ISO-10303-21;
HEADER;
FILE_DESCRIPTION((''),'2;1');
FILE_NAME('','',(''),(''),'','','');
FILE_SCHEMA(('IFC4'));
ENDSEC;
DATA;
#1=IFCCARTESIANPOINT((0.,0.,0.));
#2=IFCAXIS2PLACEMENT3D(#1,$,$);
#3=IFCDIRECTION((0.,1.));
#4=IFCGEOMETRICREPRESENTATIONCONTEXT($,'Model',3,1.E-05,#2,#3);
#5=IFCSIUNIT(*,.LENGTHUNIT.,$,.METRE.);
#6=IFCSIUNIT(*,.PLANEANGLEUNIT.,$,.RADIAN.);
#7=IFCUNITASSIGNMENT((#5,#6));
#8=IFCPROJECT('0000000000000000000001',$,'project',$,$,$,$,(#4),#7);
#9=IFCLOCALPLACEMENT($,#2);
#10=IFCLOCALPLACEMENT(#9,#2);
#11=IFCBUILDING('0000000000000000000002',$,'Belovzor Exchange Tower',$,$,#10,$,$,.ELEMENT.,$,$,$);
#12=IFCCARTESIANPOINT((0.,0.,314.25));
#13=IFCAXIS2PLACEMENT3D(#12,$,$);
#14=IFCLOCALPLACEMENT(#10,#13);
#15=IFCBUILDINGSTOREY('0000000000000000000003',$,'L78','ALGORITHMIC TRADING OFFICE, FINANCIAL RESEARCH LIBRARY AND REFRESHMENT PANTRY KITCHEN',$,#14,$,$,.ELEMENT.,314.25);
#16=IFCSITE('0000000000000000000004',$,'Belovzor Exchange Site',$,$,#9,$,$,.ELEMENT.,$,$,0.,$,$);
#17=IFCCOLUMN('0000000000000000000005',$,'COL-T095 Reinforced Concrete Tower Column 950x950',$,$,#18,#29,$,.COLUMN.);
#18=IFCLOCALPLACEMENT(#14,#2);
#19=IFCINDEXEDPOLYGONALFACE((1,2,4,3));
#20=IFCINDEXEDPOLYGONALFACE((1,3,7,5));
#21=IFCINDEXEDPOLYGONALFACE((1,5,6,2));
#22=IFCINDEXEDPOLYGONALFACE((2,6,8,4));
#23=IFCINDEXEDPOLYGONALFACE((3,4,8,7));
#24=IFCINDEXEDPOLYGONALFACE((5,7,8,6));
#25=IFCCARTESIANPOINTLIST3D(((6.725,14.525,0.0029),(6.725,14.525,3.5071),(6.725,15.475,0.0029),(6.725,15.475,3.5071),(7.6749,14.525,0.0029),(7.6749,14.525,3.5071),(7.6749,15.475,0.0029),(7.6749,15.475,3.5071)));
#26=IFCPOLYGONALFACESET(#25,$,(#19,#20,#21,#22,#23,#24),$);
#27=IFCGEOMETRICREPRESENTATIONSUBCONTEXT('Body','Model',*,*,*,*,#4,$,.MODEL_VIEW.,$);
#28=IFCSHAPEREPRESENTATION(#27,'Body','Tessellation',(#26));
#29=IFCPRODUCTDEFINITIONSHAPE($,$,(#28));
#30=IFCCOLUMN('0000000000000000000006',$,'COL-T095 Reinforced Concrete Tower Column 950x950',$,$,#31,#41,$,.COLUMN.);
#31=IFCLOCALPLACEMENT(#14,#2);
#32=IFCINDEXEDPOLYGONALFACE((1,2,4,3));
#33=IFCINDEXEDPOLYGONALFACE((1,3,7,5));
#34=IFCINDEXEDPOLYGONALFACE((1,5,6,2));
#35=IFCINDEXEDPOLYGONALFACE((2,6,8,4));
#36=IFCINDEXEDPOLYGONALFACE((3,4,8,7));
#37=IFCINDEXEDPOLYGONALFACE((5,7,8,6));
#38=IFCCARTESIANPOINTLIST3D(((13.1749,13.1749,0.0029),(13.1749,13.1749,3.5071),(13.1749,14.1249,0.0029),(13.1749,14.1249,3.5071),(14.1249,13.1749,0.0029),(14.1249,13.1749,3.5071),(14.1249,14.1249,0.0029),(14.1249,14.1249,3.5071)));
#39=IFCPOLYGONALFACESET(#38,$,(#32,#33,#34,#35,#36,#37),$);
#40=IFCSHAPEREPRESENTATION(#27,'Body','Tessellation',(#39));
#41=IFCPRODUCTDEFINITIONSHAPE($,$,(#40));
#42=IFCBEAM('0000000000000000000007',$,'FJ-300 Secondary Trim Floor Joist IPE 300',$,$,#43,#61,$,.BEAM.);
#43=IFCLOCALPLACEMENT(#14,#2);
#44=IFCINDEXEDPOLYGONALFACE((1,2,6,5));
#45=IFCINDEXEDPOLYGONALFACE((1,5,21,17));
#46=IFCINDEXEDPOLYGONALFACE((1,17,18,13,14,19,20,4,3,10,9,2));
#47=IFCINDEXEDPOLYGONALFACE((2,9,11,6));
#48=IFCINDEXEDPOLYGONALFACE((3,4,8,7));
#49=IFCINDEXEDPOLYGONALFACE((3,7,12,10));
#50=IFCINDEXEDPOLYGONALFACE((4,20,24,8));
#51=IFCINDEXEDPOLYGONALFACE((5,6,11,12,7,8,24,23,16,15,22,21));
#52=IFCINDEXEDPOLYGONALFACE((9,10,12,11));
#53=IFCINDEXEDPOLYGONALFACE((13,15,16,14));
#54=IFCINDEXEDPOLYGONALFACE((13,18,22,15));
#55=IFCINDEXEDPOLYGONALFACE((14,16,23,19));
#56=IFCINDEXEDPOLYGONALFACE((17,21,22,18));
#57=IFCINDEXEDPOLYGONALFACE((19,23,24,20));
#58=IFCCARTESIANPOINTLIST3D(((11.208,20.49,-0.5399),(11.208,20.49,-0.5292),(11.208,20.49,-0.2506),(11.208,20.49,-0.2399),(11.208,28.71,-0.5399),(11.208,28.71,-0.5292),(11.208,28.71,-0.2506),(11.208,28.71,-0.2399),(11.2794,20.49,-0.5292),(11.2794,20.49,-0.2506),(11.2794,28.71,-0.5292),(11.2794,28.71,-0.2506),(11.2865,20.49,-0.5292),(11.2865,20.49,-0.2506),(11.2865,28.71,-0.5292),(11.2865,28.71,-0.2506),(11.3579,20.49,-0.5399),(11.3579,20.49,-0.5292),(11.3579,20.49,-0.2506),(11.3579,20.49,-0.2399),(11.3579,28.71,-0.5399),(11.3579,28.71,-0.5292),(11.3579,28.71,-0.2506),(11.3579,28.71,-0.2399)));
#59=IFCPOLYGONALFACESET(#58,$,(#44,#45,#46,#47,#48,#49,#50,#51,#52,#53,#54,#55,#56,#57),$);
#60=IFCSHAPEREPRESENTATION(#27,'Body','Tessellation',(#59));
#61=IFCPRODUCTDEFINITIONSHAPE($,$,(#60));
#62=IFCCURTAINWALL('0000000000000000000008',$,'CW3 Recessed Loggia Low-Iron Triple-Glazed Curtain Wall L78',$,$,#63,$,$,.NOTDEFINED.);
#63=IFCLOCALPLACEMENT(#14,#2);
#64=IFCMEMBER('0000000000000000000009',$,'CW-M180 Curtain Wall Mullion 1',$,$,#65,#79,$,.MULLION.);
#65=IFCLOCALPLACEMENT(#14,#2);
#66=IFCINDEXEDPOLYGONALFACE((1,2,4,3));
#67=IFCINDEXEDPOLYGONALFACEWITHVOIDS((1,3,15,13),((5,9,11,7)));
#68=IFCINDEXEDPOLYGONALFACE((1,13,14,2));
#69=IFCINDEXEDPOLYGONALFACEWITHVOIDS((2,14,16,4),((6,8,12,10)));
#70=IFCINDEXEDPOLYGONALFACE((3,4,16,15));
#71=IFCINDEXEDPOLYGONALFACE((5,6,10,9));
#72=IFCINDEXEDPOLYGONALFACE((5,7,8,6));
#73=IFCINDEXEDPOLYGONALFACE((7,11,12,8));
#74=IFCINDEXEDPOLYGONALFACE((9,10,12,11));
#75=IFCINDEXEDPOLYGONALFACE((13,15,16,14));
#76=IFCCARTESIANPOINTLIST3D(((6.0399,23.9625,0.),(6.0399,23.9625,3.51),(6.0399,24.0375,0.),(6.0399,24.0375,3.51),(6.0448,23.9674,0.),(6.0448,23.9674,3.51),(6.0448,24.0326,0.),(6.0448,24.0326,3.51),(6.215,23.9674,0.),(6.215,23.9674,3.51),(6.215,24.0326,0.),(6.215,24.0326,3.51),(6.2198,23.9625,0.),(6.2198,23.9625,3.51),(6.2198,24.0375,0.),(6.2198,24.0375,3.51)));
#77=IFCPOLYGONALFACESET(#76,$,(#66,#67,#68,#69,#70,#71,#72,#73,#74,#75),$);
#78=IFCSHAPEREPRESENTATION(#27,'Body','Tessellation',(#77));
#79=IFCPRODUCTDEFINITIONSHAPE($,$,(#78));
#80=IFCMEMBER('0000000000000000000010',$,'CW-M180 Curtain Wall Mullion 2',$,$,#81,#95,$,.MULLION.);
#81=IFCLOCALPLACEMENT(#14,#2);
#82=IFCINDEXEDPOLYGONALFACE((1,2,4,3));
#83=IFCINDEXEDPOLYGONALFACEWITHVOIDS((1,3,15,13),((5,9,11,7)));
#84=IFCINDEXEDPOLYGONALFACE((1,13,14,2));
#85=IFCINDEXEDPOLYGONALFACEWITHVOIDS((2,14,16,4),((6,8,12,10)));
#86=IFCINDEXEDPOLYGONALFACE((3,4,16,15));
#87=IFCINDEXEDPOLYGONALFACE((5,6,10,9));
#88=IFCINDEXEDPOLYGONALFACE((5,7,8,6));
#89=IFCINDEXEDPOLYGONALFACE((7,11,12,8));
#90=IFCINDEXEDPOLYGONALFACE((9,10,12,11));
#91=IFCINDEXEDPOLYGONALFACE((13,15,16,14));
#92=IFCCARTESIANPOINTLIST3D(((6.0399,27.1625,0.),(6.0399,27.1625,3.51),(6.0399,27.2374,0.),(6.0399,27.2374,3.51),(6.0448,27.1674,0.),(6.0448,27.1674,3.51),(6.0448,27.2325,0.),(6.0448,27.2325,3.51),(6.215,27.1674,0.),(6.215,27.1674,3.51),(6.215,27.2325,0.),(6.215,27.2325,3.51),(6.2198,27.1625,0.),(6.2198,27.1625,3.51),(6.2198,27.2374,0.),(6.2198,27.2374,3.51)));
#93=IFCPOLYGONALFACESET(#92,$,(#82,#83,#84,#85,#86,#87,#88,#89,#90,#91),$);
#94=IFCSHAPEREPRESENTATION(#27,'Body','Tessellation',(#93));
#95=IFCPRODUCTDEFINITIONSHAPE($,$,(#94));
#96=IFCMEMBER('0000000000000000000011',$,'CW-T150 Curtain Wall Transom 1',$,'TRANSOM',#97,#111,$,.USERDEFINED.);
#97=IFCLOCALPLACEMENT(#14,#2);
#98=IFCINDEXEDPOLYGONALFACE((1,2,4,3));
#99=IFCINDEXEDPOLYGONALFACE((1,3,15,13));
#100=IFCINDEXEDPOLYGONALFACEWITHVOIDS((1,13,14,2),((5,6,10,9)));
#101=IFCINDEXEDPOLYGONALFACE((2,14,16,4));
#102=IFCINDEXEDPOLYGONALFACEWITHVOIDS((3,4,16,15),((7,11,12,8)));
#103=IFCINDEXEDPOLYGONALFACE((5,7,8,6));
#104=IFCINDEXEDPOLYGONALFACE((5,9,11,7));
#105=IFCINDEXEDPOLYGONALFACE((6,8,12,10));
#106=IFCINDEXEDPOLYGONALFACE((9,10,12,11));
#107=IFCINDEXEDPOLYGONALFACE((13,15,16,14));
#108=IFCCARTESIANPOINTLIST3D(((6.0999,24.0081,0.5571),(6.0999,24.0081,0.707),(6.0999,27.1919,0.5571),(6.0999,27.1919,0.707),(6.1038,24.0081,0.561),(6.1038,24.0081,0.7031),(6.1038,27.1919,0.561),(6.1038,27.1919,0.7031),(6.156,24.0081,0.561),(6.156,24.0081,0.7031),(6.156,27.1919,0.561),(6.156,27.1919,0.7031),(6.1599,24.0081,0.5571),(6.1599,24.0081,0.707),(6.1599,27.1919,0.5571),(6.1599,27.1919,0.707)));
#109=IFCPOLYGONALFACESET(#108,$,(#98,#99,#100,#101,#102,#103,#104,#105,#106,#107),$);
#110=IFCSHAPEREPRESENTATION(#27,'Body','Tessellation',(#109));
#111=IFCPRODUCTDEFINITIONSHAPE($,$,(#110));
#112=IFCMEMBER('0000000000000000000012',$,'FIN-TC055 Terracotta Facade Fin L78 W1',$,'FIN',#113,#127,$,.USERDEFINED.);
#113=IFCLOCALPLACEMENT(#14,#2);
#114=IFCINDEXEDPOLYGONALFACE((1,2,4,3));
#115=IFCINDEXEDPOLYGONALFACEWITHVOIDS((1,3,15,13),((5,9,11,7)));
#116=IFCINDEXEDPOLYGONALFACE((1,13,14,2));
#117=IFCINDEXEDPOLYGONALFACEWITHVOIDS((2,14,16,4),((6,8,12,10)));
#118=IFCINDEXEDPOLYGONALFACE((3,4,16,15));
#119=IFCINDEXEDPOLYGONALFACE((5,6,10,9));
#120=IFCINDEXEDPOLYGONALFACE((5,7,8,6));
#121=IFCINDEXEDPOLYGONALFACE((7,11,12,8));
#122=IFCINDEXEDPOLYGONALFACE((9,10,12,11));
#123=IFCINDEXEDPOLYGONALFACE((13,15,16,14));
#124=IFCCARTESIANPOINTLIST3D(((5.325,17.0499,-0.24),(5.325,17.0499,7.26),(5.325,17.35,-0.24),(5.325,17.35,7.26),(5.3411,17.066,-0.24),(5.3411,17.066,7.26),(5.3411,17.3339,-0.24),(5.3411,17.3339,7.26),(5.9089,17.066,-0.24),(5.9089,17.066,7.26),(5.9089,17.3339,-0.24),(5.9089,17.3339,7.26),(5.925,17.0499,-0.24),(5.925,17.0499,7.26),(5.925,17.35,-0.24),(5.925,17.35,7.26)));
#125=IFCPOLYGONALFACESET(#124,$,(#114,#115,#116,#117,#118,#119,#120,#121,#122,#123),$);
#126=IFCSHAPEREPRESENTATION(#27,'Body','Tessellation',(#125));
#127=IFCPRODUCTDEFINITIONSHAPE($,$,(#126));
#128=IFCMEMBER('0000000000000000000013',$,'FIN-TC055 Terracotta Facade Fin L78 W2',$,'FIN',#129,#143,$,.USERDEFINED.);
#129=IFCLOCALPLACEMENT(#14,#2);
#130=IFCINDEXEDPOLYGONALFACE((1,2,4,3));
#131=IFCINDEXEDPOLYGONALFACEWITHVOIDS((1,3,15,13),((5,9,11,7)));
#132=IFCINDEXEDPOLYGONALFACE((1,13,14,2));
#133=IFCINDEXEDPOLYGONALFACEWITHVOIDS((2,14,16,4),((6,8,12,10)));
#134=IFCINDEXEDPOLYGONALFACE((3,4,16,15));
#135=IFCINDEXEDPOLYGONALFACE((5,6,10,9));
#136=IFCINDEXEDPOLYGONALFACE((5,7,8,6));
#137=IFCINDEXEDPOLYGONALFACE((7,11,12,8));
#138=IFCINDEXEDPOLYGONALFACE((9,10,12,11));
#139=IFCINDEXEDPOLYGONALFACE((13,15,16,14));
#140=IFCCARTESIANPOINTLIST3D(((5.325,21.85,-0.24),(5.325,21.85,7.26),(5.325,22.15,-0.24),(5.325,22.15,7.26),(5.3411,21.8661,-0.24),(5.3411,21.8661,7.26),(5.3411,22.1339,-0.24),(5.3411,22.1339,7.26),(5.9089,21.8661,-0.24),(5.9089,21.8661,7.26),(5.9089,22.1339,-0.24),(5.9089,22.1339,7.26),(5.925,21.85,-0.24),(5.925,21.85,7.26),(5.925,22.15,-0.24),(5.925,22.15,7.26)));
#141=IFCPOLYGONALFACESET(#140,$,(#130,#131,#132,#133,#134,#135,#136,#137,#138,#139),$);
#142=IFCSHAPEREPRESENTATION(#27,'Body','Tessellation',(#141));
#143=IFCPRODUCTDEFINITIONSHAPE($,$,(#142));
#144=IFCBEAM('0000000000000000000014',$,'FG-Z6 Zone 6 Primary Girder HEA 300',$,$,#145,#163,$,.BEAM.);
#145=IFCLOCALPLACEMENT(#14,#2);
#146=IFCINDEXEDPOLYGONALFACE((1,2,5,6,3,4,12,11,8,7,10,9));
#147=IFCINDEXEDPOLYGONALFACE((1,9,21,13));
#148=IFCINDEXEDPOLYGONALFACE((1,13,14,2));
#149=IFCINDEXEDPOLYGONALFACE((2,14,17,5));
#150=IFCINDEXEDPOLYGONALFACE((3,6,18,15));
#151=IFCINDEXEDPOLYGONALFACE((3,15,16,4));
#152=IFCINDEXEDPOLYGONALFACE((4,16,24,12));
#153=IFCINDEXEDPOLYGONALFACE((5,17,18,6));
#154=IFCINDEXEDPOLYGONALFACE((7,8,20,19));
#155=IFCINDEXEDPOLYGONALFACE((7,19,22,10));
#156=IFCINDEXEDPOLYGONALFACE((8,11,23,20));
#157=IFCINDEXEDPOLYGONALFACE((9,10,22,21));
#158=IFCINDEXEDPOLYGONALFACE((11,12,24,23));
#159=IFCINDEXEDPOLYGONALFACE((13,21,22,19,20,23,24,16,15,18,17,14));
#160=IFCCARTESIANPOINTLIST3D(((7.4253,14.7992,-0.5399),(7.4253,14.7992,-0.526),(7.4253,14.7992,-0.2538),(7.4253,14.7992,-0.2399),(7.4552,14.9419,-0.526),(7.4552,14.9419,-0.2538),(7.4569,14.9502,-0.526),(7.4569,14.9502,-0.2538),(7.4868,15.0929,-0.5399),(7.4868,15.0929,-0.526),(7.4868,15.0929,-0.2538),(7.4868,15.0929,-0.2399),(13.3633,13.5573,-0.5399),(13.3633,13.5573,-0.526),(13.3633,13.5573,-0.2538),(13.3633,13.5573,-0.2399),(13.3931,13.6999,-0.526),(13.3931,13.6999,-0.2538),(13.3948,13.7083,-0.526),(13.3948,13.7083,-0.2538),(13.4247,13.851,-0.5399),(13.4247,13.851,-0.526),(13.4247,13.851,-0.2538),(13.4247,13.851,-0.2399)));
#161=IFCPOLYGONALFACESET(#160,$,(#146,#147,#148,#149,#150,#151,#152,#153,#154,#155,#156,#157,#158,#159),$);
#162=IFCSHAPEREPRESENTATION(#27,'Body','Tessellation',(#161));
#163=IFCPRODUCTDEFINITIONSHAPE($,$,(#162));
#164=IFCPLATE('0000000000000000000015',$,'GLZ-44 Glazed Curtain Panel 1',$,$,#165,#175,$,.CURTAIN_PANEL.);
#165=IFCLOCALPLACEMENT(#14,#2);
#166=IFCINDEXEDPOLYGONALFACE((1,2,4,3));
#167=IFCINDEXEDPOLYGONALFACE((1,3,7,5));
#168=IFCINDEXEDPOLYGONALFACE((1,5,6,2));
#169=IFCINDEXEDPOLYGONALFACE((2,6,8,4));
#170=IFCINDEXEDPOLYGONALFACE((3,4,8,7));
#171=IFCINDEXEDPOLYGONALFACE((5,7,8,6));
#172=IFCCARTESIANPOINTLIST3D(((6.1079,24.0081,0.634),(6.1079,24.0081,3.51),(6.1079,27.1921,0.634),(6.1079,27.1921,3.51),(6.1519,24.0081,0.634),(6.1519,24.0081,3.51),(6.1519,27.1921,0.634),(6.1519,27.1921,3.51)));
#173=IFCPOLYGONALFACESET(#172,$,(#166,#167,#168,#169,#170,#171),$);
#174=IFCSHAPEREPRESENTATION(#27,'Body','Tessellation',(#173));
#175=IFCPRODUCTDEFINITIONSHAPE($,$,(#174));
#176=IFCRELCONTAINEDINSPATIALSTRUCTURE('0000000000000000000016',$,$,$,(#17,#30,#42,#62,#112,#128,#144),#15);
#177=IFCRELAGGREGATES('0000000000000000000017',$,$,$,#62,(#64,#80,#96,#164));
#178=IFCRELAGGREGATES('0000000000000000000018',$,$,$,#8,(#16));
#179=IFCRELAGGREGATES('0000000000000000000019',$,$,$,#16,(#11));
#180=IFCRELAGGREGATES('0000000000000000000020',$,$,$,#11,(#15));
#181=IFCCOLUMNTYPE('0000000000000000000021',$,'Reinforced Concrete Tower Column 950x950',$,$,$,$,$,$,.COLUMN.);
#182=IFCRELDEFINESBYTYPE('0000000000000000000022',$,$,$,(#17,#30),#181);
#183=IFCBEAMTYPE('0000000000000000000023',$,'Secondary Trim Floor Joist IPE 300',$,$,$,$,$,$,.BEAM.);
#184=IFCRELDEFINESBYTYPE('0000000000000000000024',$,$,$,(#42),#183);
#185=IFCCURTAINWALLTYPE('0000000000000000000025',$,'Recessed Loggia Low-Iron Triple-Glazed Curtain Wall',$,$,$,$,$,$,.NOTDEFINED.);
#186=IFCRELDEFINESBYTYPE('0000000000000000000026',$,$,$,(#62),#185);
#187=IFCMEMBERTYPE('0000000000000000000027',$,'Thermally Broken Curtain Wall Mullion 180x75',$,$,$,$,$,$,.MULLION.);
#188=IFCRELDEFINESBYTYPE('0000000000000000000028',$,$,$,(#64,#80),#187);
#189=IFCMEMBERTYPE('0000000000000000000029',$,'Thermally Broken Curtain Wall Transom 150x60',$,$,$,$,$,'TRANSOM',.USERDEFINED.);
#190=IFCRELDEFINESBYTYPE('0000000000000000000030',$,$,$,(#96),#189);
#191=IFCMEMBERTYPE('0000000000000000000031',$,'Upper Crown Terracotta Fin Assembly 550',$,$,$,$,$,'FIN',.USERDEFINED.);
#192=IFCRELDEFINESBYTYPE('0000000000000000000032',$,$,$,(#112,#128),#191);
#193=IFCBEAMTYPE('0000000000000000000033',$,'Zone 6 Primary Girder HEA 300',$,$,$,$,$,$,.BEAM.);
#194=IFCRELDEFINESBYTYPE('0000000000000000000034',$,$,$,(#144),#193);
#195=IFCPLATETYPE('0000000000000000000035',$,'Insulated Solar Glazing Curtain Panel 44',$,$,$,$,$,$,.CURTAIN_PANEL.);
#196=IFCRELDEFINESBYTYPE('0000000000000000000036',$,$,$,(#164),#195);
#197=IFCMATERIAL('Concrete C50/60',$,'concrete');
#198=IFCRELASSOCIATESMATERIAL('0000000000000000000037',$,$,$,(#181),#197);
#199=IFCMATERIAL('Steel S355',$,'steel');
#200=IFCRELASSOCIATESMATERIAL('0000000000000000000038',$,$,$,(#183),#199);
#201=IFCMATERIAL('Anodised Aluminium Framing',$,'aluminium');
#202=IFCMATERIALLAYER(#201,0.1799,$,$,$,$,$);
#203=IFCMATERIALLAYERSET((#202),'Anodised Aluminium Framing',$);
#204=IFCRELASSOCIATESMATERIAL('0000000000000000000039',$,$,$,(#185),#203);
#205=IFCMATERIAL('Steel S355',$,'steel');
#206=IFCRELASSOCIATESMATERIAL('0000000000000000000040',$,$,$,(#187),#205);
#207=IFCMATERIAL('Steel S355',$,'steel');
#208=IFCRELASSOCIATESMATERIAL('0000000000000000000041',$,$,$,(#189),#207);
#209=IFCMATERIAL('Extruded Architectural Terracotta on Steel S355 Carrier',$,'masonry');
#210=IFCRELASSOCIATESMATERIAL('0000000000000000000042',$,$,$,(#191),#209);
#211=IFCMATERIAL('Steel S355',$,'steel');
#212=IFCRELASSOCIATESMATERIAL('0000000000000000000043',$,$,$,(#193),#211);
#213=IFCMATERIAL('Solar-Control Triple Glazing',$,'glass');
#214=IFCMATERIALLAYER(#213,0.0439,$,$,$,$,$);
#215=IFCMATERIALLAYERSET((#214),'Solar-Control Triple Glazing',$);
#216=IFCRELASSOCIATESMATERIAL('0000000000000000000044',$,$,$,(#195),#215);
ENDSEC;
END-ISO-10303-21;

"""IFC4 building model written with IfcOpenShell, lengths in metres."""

from ifc_helpers import new_model, si_unit, direction, frame, origin, origin_2d, place, context, subcontext, project, spatial, rectangle, hollow_rectangle, i_section, extrude, material, layer, layer_set, material_profile, profile_set, type_object, element, aggregate, save


model = new_model("IFC4")

# Units and contexts
model_context = context("Model", 3, precision=1e-05, world=origin(), true_north=direction((0.0, 1.0)))
body_context = subcontext(model_context, "Body", "Model", "MODEL_VIEW")
ifc_project = project(units=[si_unit("LENGTHUNIT", "METRE"), si_unit("PLANEANGLEUNIT", "RADIAN")], contexts=[model_context])

# Site, building, storey
site_placement = place(None, origin())
site = spatial("IfcSite", under=ifc_project, at=site_placement, Name="Belovzor Exchange Site", CompositionType="ELEMENT", RefElevation=0.0)
building_placement = place(site_placement, origin())
building = spatial("IfcBuilding", under=site, at=building_placement, Name="Belovzor Exchange Tower", CompositionType="ELEMENT")
storey_placement = place(building_placement, frame((0.0, 0.0, 314.25)))
storey = spatial("IfcBuildingStorey", under=building, at=storey_placement, Name="L78", Description="ALGORITHMIC TRADING OFFICE, FINANCIAL RESEARCH LIBRARY AND REFRESHMENT PANTRY KITCHEN", CompositionType="ELEMENT", Elevation=314.25)

# Columns
ifc_material_1 = material(Name="Concrete C50/60", Category="concrete")
ifc_material_profile_1 = material_profile(ifc_material_1, rectangle(XDim=0.95, YDim=0.95, at=origin_2d()))
ifc_profile_set_1 = profile_set([ifc_material_profile_1], Name="Concrete C50/60")
column_type = type_object("IfcColumnType", Name="Reinforced Concrete Tower Column 950x950", PredefinedType="COLUMN", material=ifc_profile_set_1)
for number, where, z_axis, x_axis, name in (
    (1, (7.2, 15.0, 0.0029), (0.0, 0.0, 1.0), (1.0, 0.0, 0.0), "COL-T095 Reinforced Concrete Tower Column 950x950"),
    (2, (13.6499, 13.6499, 0.0029), (0.0, 0.0, 1.0), (1.0, 0.0, 0.0), "COL-T095 Reinforced Concrete Tower Column 950x950"),
):
    element("IfcColumn", number, at=place(storey_placement, frame(where, z_axis=z_axis, x_axis=x_axis)), inside=storey, type_object=column_type, Name=name, PredefinedType="COLUMN", context=body_context, shape_type="SweptSolid", body=[
        extrude(rectangle(XDim=0.95, YDim=0.95, at=origin_2d()), origin(), (0.0, 0.0, 1.0), 3.5042),
    ])

# Beam
ifc_material_2 = material(Name="Steel S355", Category="steel")
ifc_material_profile_2 = material_profile(ifc_material_2, i_section(OverallWidth=0.1499, OverallDepth=0.3, WebThickness=0.0071, FlangeThickness=0.0107, at=origin_2d()))
ifc_profile_set_2 = profile_set([ifc_material_profile_2], Name="Steel S355")
beam_type_1 = type_object("IfcBeamType", Name="Secondary Trim Floor Joist IPE 300", PredefinedType="BEAM", material=ifc_profile_set_2)
beam_1_placement = place(storey_placement, frame((11.283, 20.49, -0.3899), z_axis=(0.0, 1.0, 0.0), x_axis=(-1.0, 0.0, 0.0)))
element("IfcBeam", 3, at=beam_1_placement, inside=storey, type_object=beam_type_1, Name="FJ-300 Secondary Trim Floor Joist IPE 300", PredefinedType="BEAM", context=body_context, shape_type="SweptSolid", body=[
    extrude(i_section(OverallWidth=0.1499, OverallDepth=0.3, WebThickness=0.0071, FlangeThickness=0.0107, at=origin_2d()), origin(), (0.0, 0.0, 1.0), 8.22),
])

# Curtain wall, members
ifc_material_3 = material(Name="Anodised Aluminium Framing", Category="aluminium")
ifc_layer_1 = layer(ifc_material_3, 0.1799)
ifc_layer_set_1 = layer_set([ifc_layer_1], Name="Anodised Aluminium Framing")
curtain_wall_type = type_object("IfcCurtainWallType", Name="Recessed Loggia Low-Iron Triple-Glazed Curtain Wall", PredefinedType="NOTDEFINED", material=ifc_layer_set_1)
curtain_wall_placement = place(storey_placement, origin())
curtain_wall = element("IfcCurtainWall", 4, at=curtain_wall_placement, inside=storey, type_object=curtain_wall_type, Name="CW3 Recessed Loggia Low-Iron Triple-Glazed Curtain Wall L78", PredefinedType="NOTDEFINED")
ifc_material_4 = material(Name="Steel S355", Category="steel")
ifc_material_profile_3 = material_profile(ifc_material_4, hollow_rectangle(XDim=0.075, YDim=0.1799, WallThickness=0.0049, at=origin_2d()))
ifc_profile_set_3 = profile_set([ifc_material_profile_3], Name="Steel S355")
member_type_1 = type_object("IfcMemberType", Name="Thermally Broken Curtain Wall Mullion 180x75", PredefinedType="MULLION", material=ifc_profile_set_3)
member_1_placement = place(storey_placement, frame((6.1299, 24.0, 0.0), z_axis=(0.0, 0.0, 1.0), x_axis=(0.0, 1.0, 0.0)))
member_1 = element("IfcMember", 5, at=member_1_placement, type_object=member_type_1, Name="CW-M180 Curtain Wall Mullion 1", PredefinedType="MULLION", context=body_context, shape_type="SweptSolid", body=[
    extrude(hollow_rectangle(XDim=0.075, YDim=0.1799, WallThickness=0.0049, at=origin_2d()), origin(), (0.0, 0.0, 1.0), 3.51),
])
member_2_placement = place(storey_placement, frame((6.1299, 27.2, 0.0), z_axis=(0.0, 0.0, 1.0), x_axis=(0.0, 1.0, 0.0)))
member_2 = element("IfcMember", 6, at=member_2_placement, type_object=member_type_1, Name="CW-M180 Curtain Wall Mullion 2", PredefinedType="MULLION", context=body_context, shape_type="SweptSolid", body=[
    extrude(hollow_rectangle(XDim=0.075, YDim=0.1799, WallThickness=0.0049, at=origin_2d()), origin(), (0.0, 0.0, 1.0), 3.51),
])
ifc_material_5 = material(Name="Steel S355", Category="steel")
ifc_material_profile_4 = material_profile(ifc_material_5, hollow_rectangle(XDim=0.0601, YDim=0.1499, WallThickness=0.0039, at=origin_2d()))
ifc_profile_set_4 = profile_set([ifc_material_profile_4], Name="Steel S355")
member_type_2 = type_object("IfcMemberType", Name="Thermally Broken Curtain Wall Transom 150x60", ElementType="TRANSOM", PredefinedType="USERDEFINED", material=ifc_profile_set_4)
member_3_placement = place(storey_placement, frame((6.1299, 24.0081, 0.6321), z_axis=(0.0, 1.0, 0.0), x_axis=(-1.0, 0.0, 0.0)))
member_3 = element("IfcMember", 7, at=member_3_placement, type_object=member_type_2, Name="CW-T150 Curtain Wall Transom 1", ObjectType="TRANSOM", PredefinedType="USERDEFINED", context=body_context, shape_type="SweptSolid", body=[
    extrude(hollow_rectangle(XDim=0.0601, YDim=0.1499, WallThickness=0.0039, at=origin_2d()), origin(), (0.0, 0.0, 1.0), 3.1838),
])

# Members
ifc_material_6 = material(Name="Extruded Architectural Terracotta on Steel S355 Carrier", Category="masonry")
ifc_material_profile_5 = material_profile(ifc_material_6, hollow_rectangle(XDim=0.3, YDim=0.6001, WallThickness=0.0161, at=origin_2d()))
ifc_profile_set_5 = profile_set([ifc_material_profile_5], Name="Extruded Architectural Terracotta on Steel S355 Carrier")
member_type_3 = type_object("IfcMemberType", Name="Upper Crown Terracotta Fin Assembly 550", ElementType="FIN", PredefinedType="USERDEFINED", material=ifc_profile_set_5)
for number, where, z_axis, x_axis, name in (
    (8, (5.625, 17.2, -0.24), (0.0, 0.0, 1.0), (0.0, 1.0, 0.0), "FIN-TC055 Terracotta Facade Fin L78 W1"),
    (9, (5.625, 22.0, -0.24), (0.0, 0.0, 1.0), (0.0, 1.0, 0.0), "FIN-TC055 Terracotta Facade Fin L78 W2"),
):
    element("IfcMember", number, at=place(storey_placement, frame(where, z_axis=z_axis, x_axis=x_axis)), inside=storey, type_object=member_type_3, Name=name, ObjectType="FIN", PredefinedType="USERDEFINED", context=body_context, shape_type="SweptSolid", body=[
        extrude(hollow_rectangle(XDim=0.3, YDim=0.6001, WallThickness=0.0161, at=origin_2d()), origin(), (0.0, 0.0, 1.0), 7.5),
    ])

# Beam
ifc_material_7 = material(Name="Steel S355", Category="steel")
ifc_material_profile_6 = material_profile(ifc_material_7, i_section(OverallWidth=0.3, OverallDepth=0.3, WebThickness=0.0085, FlangeThickness=0.0139, at=origin_2d()))
ifc_profile_set_6 = profile_set([ifc_material_profile_6], Name="Steel S355")
beam_type_2 = type_object("IfcBeamType", Name="Zone 6 Primary Girder HEA 300", PredefinedType="BEAM", material=ifc_profile_set_6)
beam_2_placement = place(storey_placement, frame((7.4561, 14.946, -0.3899), z_axis=(0.97882, -0.204722, 0.0), x_axis=(0.204722, 0.97882, 0.0)))
element("IfcBeam", 10, at=beam_2_placement, inside=storey, type_object=beam_type_2, Name="FG-Z6 Zone 6 Primary Girder HEA 300", PredefinedType="BEAM", context=body_context, shape_type="SweptSolid", body=[
    extrude(i_section(OverallWidth=0.3, OverallDepth=0.3, WebThickness=0.0085, FlangeThickness=0.0139, at=origin_2d()), origin(), (0.0, 0.0, 1.0), 6.0664),
])

# Plate
ifc_material_8 = material(Name="Solar-Control Triple Glazing", Category="glass")
ifc_layer_2 = layer(ifc_material_8, 0.0439)
ifc_layer_set_2 = layer_set([ifc_layer_2], Name="Solar-Control Triple Glazing")
plate_type_1 = type_object("IfcPlateType", Name="Insulated Solar Glazing Curtain Panel 44", PredefinedType="CURTAIN_PANEL", material=ifc_layer_set_2)
plate_1_placement = place(storey_placement, frame((6.1299, 25.6001, 0.634), z_axis=(0.0, 0.0, 1.0), x_axis=(0.0, 1.0, 0.0)))
plate_1 = element("IfcPlate", 11, at=plate_1_placement, type_object=plate_type_1, Name="GLZ-44 Glazed Curtain Panel 1", PredefinedType="CURTAIN_PANEL", context=body_context, shape_type="SweptSolid", body=[
    extrude(rectangle(XDim=3.1841, YDim=0.0439, at=origin_2d()), origin(), (0.0, 0.0, 1.0), 2.876),
])
aggregate(curtain_wall, [member_1, member_2, member_3, plate_1])

save(model, "model.ifc")
